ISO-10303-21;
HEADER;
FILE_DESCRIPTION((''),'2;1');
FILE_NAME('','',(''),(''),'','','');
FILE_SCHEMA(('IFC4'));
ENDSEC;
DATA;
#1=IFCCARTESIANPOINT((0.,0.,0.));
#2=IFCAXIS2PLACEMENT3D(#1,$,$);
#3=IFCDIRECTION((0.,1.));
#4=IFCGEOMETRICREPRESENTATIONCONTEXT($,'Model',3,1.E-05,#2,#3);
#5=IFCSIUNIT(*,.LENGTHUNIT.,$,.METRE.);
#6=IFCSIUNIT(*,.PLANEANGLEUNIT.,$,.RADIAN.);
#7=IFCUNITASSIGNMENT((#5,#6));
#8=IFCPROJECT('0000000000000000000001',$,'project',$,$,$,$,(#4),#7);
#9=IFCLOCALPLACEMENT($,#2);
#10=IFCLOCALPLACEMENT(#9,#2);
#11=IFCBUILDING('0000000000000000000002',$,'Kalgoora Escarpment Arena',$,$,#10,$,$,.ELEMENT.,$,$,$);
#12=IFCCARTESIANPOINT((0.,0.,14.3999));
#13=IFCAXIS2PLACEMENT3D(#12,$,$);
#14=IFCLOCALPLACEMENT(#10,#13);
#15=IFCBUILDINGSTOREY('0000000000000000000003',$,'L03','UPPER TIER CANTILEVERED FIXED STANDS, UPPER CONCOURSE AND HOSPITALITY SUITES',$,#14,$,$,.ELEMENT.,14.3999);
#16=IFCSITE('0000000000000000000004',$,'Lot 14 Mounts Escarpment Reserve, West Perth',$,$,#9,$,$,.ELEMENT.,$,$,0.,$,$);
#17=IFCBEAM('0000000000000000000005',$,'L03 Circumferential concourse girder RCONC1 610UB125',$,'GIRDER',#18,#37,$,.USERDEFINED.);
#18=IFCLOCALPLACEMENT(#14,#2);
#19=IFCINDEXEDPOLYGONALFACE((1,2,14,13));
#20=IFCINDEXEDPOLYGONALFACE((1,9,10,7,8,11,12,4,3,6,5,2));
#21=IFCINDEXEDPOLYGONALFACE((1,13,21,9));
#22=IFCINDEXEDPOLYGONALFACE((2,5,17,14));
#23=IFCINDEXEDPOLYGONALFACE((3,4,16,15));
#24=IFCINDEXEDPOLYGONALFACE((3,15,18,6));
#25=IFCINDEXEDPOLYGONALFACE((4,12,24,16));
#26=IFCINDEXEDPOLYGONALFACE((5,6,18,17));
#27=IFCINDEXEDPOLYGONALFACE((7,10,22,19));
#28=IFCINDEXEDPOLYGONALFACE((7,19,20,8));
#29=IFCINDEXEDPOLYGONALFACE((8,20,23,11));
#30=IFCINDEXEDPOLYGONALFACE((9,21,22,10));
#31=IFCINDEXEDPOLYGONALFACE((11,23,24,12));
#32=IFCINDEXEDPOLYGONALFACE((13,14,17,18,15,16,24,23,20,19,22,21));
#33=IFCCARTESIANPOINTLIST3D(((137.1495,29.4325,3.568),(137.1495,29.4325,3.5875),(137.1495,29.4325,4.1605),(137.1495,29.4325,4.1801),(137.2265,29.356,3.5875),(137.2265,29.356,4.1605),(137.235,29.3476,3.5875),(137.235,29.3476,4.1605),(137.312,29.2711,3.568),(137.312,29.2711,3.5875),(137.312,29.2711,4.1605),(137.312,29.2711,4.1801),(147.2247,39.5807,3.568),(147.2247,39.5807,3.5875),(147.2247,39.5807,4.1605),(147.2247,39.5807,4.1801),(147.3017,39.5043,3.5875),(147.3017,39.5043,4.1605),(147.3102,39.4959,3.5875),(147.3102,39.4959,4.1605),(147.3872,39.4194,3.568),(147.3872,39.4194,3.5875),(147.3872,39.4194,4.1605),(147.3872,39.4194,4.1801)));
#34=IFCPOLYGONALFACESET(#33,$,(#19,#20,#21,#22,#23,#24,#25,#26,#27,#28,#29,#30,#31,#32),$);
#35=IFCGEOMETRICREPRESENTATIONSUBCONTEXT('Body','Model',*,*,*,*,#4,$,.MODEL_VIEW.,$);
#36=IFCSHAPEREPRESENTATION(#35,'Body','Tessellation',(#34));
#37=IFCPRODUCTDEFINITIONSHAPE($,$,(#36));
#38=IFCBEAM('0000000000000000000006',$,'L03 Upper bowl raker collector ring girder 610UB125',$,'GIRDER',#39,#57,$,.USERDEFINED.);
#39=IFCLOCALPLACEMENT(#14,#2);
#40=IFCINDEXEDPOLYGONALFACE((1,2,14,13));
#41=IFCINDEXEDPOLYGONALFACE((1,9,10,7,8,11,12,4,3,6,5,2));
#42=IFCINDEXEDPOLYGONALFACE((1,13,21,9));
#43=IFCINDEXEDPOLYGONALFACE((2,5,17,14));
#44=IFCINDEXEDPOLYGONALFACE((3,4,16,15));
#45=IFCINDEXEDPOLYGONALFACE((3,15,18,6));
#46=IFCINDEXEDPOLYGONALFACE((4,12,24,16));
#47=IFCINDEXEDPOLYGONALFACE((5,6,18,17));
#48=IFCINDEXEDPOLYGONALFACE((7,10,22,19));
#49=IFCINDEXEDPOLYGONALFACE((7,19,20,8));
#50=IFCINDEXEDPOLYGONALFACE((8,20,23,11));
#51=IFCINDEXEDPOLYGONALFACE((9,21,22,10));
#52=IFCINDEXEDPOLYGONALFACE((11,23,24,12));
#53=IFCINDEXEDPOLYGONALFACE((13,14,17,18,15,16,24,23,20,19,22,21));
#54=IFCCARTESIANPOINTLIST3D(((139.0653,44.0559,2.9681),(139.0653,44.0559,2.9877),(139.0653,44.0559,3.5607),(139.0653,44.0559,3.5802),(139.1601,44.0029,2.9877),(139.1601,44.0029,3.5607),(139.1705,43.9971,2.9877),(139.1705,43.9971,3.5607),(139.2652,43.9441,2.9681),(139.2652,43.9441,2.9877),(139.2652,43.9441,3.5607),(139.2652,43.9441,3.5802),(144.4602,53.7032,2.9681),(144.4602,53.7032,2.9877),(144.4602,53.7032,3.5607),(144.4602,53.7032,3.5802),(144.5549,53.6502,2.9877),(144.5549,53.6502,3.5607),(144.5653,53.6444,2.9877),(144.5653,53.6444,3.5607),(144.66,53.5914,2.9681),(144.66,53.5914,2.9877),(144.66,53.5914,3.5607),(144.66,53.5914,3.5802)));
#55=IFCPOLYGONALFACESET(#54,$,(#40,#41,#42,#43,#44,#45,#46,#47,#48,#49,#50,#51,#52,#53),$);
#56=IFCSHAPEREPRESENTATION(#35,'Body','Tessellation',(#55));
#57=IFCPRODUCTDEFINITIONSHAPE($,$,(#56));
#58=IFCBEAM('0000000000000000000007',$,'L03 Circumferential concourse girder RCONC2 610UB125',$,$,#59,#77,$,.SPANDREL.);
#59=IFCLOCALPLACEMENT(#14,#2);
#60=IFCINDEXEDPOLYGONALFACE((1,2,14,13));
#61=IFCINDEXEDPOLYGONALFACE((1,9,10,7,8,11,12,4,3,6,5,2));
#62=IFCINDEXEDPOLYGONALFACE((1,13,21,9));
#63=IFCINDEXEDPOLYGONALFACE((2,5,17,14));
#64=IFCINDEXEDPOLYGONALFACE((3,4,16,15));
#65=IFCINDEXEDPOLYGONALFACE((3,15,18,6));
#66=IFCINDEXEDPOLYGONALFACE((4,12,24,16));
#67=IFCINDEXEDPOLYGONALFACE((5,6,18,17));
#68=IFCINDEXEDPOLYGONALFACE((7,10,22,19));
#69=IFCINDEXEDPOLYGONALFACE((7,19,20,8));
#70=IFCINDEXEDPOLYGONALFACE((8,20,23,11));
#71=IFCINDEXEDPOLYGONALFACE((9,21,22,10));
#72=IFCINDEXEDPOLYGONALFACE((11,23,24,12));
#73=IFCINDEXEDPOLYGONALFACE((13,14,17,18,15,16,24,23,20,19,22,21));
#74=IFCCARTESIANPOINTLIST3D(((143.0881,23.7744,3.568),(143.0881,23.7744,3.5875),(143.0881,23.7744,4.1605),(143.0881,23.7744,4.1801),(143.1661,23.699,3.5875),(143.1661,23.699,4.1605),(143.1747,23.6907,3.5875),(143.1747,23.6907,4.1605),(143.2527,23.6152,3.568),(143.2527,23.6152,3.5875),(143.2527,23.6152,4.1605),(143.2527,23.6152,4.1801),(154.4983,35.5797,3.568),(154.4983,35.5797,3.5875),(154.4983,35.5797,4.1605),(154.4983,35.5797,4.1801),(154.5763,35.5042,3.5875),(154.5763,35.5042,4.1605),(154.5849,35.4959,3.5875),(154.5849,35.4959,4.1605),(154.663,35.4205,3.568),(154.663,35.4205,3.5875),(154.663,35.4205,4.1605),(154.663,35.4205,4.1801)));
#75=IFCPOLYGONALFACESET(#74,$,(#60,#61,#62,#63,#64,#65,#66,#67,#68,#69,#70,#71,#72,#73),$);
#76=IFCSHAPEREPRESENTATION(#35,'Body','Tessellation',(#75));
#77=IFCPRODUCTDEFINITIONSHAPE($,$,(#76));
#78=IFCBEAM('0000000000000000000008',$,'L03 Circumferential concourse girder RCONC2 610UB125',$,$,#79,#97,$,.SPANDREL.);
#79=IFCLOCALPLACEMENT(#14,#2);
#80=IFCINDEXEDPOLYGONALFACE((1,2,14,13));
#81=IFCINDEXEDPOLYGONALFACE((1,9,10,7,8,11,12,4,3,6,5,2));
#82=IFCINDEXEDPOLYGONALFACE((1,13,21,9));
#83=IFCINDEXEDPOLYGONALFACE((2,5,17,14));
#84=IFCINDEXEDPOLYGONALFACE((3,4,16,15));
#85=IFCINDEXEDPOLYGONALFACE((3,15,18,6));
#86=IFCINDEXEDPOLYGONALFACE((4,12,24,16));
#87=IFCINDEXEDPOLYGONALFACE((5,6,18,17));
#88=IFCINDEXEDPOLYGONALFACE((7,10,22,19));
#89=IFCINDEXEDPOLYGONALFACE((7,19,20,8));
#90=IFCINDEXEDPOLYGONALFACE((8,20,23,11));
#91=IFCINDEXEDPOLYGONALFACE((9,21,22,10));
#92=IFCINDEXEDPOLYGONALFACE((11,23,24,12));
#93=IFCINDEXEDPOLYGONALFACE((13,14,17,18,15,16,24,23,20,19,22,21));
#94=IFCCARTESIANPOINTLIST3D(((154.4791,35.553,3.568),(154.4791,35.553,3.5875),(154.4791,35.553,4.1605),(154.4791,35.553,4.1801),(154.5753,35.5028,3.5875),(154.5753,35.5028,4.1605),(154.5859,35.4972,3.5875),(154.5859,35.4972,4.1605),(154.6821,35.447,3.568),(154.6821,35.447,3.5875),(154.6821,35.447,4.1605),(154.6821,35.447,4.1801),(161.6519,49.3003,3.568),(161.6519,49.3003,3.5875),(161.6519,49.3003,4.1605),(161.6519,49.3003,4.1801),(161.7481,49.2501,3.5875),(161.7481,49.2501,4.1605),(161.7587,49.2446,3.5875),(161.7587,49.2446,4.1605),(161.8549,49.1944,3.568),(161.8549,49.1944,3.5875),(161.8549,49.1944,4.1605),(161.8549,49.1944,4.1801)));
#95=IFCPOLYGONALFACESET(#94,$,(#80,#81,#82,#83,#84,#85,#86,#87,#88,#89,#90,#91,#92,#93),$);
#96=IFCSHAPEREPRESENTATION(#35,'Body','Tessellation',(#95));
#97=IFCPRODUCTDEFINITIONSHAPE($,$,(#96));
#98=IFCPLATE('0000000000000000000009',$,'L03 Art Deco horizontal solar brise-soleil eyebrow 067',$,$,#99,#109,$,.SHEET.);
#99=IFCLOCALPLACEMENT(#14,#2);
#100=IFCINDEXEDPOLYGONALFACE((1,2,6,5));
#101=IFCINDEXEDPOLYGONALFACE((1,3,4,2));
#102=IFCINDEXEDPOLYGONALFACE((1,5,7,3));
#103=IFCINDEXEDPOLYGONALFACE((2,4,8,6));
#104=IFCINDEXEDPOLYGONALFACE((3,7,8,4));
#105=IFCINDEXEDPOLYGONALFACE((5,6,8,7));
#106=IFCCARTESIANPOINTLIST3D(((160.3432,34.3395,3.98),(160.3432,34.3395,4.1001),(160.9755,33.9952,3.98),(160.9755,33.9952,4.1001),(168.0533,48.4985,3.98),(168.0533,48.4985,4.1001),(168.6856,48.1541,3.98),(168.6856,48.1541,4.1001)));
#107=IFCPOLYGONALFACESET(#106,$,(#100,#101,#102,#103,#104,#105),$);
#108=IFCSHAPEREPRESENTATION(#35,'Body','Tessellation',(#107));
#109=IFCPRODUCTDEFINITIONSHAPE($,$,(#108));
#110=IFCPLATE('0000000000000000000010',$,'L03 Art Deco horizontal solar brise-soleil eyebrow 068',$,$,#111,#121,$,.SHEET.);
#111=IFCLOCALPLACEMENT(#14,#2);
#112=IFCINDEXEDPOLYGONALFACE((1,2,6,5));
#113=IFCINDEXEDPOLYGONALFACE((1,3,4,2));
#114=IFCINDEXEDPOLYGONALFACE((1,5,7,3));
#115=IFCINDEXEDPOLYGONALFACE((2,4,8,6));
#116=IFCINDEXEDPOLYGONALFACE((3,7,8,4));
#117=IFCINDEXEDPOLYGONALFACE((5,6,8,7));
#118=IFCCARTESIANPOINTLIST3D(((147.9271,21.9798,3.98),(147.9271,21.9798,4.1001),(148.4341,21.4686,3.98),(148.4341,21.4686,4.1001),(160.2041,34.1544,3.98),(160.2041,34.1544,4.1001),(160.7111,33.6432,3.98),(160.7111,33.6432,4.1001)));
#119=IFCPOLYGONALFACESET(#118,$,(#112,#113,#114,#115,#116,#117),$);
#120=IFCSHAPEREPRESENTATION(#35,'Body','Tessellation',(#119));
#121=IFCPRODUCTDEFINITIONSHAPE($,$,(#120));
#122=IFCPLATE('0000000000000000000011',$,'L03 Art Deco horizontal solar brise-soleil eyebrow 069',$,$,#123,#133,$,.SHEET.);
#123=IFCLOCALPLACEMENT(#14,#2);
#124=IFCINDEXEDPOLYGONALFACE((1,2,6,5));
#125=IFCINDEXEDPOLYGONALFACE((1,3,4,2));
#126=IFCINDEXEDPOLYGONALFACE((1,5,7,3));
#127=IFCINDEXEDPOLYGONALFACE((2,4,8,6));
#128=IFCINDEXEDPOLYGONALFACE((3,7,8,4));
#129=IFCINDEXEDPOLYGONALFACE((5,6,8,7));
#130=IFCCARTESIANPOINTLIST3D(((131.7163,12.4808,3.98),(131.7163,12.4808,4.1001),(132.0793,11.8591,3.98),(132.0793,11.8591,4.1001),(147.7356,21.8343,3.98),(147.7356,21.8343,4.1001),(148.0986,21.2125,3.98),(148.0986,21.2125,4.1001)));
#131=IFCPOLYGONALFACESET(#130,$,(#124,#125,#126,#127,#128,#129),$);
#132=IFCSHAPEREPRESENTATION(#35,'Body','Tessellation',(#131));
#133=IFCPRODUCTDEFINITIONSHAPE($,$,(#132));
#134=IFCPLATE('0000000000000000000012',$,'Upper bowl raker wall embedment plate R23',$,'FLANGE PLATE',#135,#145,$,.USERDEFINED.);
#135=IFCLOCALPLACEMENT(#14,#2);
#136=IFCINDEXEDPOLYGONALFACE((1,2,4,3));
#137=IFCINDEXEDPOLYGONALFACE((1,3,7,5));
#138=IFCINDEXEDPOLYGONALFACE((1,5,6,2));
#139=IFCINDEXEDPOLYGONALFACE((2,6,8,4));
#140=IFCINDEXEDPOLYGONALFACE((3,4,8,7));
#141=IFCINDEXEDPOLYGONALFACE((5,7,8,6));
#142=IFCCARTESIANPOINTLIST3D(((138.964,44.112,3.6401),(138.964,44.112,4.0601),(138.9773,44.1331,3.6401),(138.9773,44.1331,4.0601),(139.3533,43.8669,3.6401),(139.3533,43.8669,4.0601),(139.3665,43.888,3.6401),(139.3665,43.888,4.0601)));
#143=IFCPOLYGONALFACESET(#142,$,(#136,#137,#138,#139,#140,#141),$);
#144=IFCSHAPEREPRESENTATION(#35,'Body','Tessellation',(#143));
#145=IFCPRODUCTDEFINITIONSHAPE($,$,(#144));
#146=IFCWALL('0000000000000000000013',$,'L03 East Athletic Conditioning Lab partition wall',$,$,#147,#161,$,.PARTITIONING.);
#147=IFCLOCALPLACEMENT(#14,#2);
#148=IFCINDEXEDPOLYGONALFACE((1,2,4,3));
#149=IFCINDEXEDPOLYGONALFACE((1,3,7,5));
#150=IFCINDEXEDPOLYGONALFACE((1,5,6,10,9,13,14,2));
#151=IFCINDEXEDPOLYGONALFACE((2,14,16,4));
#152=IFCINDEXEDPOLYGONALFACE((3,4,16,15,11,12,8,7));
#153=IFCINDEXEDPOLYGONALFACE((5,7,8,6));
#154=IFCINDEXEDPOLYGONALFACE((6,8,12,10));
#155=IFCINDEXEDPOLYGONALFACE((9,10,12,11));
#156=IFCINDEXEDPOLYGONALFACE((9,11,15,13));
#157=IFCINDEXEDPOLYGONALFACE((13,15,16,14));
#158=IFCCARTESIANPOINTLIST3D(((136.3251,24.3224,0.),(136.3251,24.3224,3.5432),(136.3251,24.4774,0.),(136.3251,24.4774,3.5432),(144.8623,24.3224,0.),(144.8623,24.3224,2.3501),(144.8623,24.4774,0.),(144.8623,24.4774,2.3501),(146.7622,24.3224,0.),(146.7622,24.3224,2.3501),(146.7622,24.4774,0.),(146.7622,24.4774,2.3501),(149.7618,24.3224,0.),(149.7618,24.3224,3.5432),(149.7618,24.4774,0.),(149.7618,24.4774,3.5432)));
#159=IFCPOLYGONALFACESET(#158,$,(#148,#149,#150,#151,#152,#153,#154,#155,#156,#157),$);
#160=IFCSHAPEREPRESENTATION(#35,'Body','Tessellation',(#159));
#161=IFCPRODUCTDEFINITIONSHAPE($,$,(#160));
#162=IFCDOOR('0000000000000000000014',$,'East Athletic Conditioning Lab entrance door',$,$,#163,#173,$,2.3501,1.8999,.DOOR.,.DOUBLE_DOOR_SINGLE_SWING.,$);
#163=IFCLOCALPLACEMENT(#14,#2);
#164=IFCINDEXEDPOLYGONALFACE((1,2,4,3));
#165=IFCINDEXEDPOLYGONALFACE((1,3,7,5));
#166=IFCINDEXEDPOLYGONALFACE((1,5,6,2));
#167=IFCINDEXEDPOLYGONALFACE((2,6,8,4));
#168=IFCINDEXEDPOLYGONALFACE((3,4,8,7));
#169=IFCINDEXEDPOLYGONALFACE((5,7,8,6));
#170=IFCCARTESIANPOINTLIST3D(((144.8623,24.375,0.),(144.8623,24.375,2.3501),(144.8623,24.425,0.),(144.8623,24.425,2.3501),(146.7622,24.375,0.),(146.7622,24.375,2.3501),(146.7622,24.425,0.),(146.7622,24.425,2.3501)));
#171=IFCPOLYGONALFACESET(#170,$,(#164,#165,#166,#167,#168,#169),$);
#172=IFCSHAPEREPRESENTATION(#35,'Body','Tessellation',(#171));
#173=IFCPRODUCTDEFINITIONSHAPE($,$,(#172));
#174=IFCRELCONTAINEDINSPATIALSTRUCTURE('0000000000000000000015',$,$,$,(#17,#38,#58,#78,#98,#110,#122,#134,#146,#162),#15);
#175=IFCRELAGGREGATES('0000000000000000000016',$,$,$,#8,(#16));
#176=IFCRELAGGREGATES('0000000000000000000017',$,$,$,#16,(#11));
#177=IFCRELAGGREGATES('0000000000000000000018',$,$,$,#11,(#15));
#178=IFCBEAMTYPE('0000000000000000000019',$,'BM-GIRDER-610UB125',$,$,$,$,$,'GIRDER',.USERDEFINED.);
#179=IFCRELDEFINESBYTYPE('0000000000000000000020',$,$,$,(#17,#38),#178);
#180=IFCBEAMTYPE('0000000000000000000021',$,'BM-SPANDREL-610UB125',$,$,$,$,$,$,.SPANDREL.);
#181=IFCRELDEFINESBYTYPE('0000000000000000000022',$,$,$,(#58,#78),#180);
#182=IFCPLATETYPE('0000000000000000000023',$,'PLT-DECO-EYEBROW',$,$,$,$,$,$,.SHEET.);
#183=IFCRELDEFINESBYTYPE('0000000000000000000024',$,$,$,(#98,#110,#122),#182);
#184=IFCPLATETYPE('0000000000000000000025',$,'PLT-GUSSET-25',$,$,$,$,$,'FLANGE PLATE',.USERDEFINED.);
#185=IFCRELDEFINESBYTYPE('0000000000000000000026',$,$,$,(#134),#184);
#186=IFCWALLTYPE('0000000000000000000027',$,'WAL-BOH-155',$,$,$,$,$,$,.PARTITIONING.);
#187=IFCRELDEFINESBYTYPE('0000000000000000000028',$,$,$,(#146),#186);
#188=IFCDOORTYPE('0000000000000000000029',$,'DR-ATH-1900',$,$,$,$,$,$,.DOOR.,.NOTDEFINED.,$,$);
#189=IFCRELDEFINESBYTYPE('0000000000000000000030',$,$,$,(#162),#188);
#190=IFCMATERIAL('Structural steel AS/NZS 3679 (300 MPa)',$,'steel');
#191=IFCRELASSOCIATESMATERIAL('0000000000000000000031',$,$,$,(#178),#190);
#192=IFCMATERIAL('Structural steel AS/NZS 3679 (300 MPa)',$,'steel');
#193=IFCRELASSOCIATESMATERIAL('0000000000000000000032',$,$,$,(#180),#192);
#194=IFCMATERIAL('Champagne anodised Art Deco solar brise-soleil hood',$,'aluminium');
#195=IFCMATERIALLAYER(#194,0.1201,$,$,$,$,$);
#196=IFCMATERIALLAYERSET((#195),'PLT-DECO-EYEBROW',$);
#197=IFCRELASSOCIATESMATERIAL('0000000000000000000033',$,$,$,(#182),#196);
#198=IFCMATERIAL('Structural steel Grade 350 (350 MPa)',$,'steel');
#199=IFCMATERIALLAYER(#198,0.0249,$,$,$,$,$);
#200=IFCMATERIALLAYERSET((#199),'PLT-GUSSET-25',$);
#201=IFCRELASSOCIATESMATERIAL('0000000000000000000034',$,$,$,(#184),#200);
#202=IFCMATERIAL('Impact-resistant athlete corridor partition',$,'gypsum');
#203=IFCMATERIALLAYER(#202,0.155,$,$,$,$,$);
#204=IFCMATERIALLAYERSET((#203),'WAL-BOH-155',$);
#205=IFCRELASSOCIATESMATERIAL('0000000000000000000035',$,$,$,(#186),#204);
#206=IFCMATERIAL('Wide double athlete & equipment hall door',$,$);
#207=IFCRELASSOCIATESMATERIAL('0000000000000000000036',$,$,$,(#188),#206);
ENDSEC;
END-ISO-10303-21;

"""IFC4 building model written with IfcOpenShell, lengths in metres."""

from ifc_helpers import new_model, si_unit, direction, frame, frame_2d, origin, origin_2d, place, context, subcontext, project, spatial, rectangle, i_section, extrude, material, layer, layer_set, material_profile, profile_set, type_object, element, fill, save


model = new_model("IFC4")

# Units and contexts
model_context = context("Model", 3, precision=1e-05, world=origin(), true_north=direction((0.0, 1.0)))
body_context = subcontext(model_context, "Body", "Model", "MODEL_VIEW")
ifc_project = project(units=[si_unit("LENGTHUNIT", "METRE"), si_unit("PLANEANGLEUNIT", "RADIAN")], contexts=[model_context])

# Site, building, storey
site_placement = place(None, origin())
site = spatial("IfcSite", under=ifc_project, at=site_placement, Name="Lot 14 Mounts Escarpment Reserve, West Perth", CompositionType="ELEMENT", RefElevation=0.0)
building_placement = place(site_placement, origin())
building = spatial("IfcBuilding", under=site, at=building_placement, Name="Kalgoora Escarpment Arena", CompositionType="ELEMENT")
storey_placement = place(building_placement, frame((0.0, 0.0, 14.3999)))
storey = spatial("IfcBuildingStorey", under=building, at=storey_placement, Name="L03", Description="UPPER TIER CANTILEVERED FIXED STANDS, UPPER CONCOURSE AND HOSPITALITY SUITES", CompositionType="ELEMENT", Elevation=14.3999)

# Beams
ifc_material_1 = material(Name="Structural steel AS/NZS 3679 (300 MPa)", Category="steel")
ifc_material_profile_1 = material_profile(ifc_material_1, i_section(OverallWidth=0.229, OverallDepth=0.6121, WebThickness=0.012, FlangeThickness=0.0195, at=origin_2d()))
ifc_profile_set_1 = profile_set([ifc_material_profile_1], Name="Structural steel AS/NZS 3679 (300 MPa)")
beam_type_1 = type_object("IfcBeamType", Name="BM-GIRDER-610UB125", ElementType="GIRDER", PredefinedType="USERDEFINED", material=ifc_profile_set_1)
beam_1_placement = place(storey_placement, frame((137.2307, 29.3518, 3.874), z_axis=(0.70455, 0.709655, 0.0), x_axis=(-0.709655, 0.70455, 0.0)))
element("IfcBeam", 1, at=beam_1_placement, inside=storey, type_object=beam_type_1, Name="L03 Circumferential concourse girder RCONC1 610UB125", ObjectType="GIRDER", PredefinedType="USERDEFINED", context=body_context, shape_type="SweptSolid", body=[
    extrude(i_section(OverallWidth=0.229, OverallDepth=0.6121, WebThickness=0.012, FlangeThickness=0.0195, at=origin_2d()), origin(), (0.0, 0.0, 1.0), 14.3003),
])
beam_2_placement = place(storey_placement, frame((139.1653, 44.0, 3.2742), z_axis=(0.488075, 0.872802, 0.0), x_axis=(-0.872802, 0.488075, 0.0)))
element("IfcBeam", 2, at=beam_2_placement, inside=storey, type_object=beam_type_1, Name="L03 Upper bowl raker collector ring girder 610UB125", ObjectType="GIRDER", PredefinedType="USERDEFINED", context=body_context, shape_type="SweptSolid", body=[
    extrude(i_section(OverallWidth=0.229, OverallDepth=0.6121, WebThickness=0.012, FlangeThickness=0.0195, at=origin_2d()), origin(), (0.0, 0.0, 1.0), 11.0532),
])
ifc_material_2 = material(Name="Structural steel AS/NZS 3679 (300 MPa)", Category="steel")
ifc_material_profile_2 = material_profile(ifc_material_2, i_section(OverallWidth=0.229, OverallDepth=0.6121, WebThickness=0.012, FlangeThickness=0.0195, at=origin_2d()))
ifc_profile_set_2 = profile_set([ifc_material_profile_2], Name="Structural steel AS/NZS 3679 (300 MPa)")
beam_type_2 = type_object("IfcBeamType", Name="BM-SPANDREL-610UB125", PredefinedType="SPANDREL", material=ifc_profile_set_2)
beam_3_placement = place(storey_placement, frame((143.1704, 23.6948, 3.874), z_axis=(0.694974, 0.719034, 0.0), x_axis=(-0.719034, 0.694974, 0.0)))
element("IfcBeam", 3, at=beam_3_placement, inside=storey, type_object=beam_type_2, Name="L03 Circumferential concourse girder RCONC2 610UB125", PredefinedType="SPANDREL", context=body_context, shape_type="SweptSolid", body=[
    extrude(i_section(OverallWidth=0.229, OverallDepth=0.6121, WebThickness=0.012, FlangeThickness=0.0195, at=origin_2d()), origin(), (0.0, 0.0, 1.0), 16.4182),
])
beam_4_placement = place(storey_placement, frame((154.5806, 35.5, 3.874), z_axis=(0.462583, 0.886576, 0.0), x_axis=(-0.886576, 0.462583, 0.0)))
element("IfcBeam", 4, at=beam_4_placement, inside=storey, type_object=beam_type_2, Name="L03 Circumferential concourse girder RCONC2 610UB125", PredefinedType="SPANDREL", context=body_context, shape_type="SweptSolid", body=[
    extrude(i_section(OverallWidth=0.229, OverallDepth=0.6121, WebThickness=0.012, FlangeThickness=0.0195, at=origin_2d()), origin(), (0.0, 0.0, 1.0), 15.5061),
])

# Plates
ifc_material_3 = material(Name="Champagne anodised Art Deco solar brise-soleil hood", Category="aluminium")
ifc_layer_1 = layer(ifc_material_3, 0.1201)
ifc_layer_set_1 = layer_set([ifc_layer_1], Name="PLT-DECO-EYEBROW")
plate_type_1 = type_object("IfcPlateType", Name="PLT-DECO-EYEBROW", PredefinedType="SHEET", material=ifc_layer_set_1)
plate_1_placement = place(storey_placement, frame((164.5144, 41.2468, 3.98), z_axis=(0.0, 0.0, 1.0), x_axis=(-0.478232, -0.878233, 0.0)))
element("IfcPlate", 5, at=plate_1_placement, inside=storey, type_object=plate_type_1, Name="L03 Art Deco horizontal solar brise-soleil eyebrow 067", PredefinedType="SHEET", context=body_context, shape_type="SweptSolid", body=[
    extrude(rectangle(XDim=16.1221, YDim=0.72, at=origin_2d()), origin(), (0.0, 0.0, 1.0), 0.1201),
])
plate_2_placement = place(storey_placement, frame((154.3191, 27.8115, 3.98), z_axis=(0.0, 0.0, 1.0), x_axis=(-0.710062, -0.704139, 0.0)))
element("IfcPlate", 6, at=plate_2_placement, inside=storey, type_object=plate_type_1, Name="L03 Art Deco horizontal solar brise-soleil eyebrow 068", PredefinedType="SHEET", context=body_context, shape_type="SweptSolid", body=[
    extrude(rectangle(XDim=17.29, YDim=0.72, at=origin_2d()), origin(), (0.0, 0.0, 1.0), 0.1201),
])
plate_3_placement = place(storey_placement, frame((139.9075, 16.8467, 3.98), z_axis=(0.0, 0.0, 1.0), x_axis=(-0.863572, -0.504226, 0.0)))
element("IfcPlate", 7, at=plate_3_placement, inside=storey, type_object=plate_type_1, Name="L03 Art Deco horizontal solar brise-soleil eyebrow 069", PredefinedType="SHEET", context=body_context, shape_type="SweptSolid", body=[
    extrude(rectangle(XDim=18.55, YDim=0.72, at=origin_2d()), origin(), (0.0, 0.0, 1.0), 0.1201),
])
ifc_material_4 = material(Name="Structural steel Grade 350 (350 MPa)", Category="steel")
ifc_layer_2 = layer(ifc_material_4, 0.0249)
ifc_layer_set_2 = layer_set([ifc_layer_2], Name="PLT-GUSSET-25")
plate_type_2 = type_object("IfcPlateType", Name="PLT-GUSSET-25", ElementType="FLANGE PLATE", PredefinedType="USERDEFINED", material=ifc_layer_set_2)
plate_4_placement = place(storey_placement, frame((139.1653, 44.0, 3.6401), z_axis=(0.0, 0.0, 1.0), x_axis=(0.846193, -0.532876, 0.0)))
element("IfcPlate", 8, at=plate_4_placement, inside=storey, type_object=plate_type_2, Name="Upper bowl raker wall embedment plate R23", ObjectType="FLANGE PLATE", PredefinedType="USERDEFINED", context=body_context, shape_type="SweptSolid", body=[
    extrude(rectangle(XDim=0.46, YDim=0.0249, at=origin_2d()), origin(), (0.0, 0.0, 1.0), 0.4199),
])

# Wall, opening, door
ifc_material_5 = material(Name="Impact-resistant athlete corridor partition", Category="gypsum")
ifc_layer_3 = layer(ifc_material_5, 0.155)
ifc_layer_set_3 = layer_set([ifc_layer_3], Name="WAL-BOH-155")
wall_type_1 = type_object("IfcWallType", Name="WAL-BOH-155", PredefinedType="PARTITIONING", material=ifc_layer_set_3)
wall_1_placement = place(storey_placement, frame((149.7617, 24.3999, 0.0), z_axis=(0.0, 0.0, 1.0), x_axis=(-1.0, 0.0, 0.0)))
wall_1 = element("IfcWall", 9, at=wall_1_placement, inside=storey, type_object=wall_type_1, Name="L03 East Athletic Conditioning Lab partition wall", PredefinedType="PARTITIONING", context=body_context, shape_type="SweptSolid", body=[
    extrude(rectangle(XDim=13.4368, YDim=0.155, at=frame_2d((6.7183, 0.0))), origin(), (0.0, 0.0, 1.0), 3.5432),
])
opening_1_placement = place(wall_1_placement, frame((2.9995, 0.0, 0.0)))
opening_1 = element("IfcOpeningElement", 10, at=opening_1_placement, cuts=wall_1, PredefinedType="OPENING", context=body_context, shape_type="SweptSolid", body=[
    extrude(rectangle(XDim=1.8999, YDim=2.3501, at=frame_2d((0.95, 1.175))), frame((0.0, 0.0874, 0.0), z_axis=(0.0, -1.0, 0.0), x_axis=(1.0, 0.0, 0.0)), (0.0, 0.0, 1.0), 0.175),
])
ifc_material_6 = material(Name="Wide double athlete & equipment hall door")
door_type_1 = type_object("IfcDoorType", Name="DR-ATH-1900", OperationType="NOTDEFINED", PredefinedType="DOOR", material=ifc_material_6)
door_1_placement = place(opening_1_placement, origin())
door_1 = element("IfcDoor", 11, at=door_1_placement, inside=storey, type_object=door_type_1, Name="East Athletic Conditioning Lab entrance door", OperationType="DOUBLE_DOOR_SINGLE_SWING", OverallHeight=2.3501, OverallWidth=1.8999, PredefinedType="DOOR", context=body_context, shape_type="SweptSolid", body=[
    extrude(rectangle(XDim=1.8999, YDim=2.3501, at=frame_2d((0.95, 1.175))), frame((0.0, 0.0249, 0.0), z_axis=(0.0, -1.0, 0.0), x_axis=(1.0, 0.0, 0.0)), (0.0, 0.0, 1.0), 0.05),
])
fill(opening_1, door_1)

save(model, "model.ifc")
